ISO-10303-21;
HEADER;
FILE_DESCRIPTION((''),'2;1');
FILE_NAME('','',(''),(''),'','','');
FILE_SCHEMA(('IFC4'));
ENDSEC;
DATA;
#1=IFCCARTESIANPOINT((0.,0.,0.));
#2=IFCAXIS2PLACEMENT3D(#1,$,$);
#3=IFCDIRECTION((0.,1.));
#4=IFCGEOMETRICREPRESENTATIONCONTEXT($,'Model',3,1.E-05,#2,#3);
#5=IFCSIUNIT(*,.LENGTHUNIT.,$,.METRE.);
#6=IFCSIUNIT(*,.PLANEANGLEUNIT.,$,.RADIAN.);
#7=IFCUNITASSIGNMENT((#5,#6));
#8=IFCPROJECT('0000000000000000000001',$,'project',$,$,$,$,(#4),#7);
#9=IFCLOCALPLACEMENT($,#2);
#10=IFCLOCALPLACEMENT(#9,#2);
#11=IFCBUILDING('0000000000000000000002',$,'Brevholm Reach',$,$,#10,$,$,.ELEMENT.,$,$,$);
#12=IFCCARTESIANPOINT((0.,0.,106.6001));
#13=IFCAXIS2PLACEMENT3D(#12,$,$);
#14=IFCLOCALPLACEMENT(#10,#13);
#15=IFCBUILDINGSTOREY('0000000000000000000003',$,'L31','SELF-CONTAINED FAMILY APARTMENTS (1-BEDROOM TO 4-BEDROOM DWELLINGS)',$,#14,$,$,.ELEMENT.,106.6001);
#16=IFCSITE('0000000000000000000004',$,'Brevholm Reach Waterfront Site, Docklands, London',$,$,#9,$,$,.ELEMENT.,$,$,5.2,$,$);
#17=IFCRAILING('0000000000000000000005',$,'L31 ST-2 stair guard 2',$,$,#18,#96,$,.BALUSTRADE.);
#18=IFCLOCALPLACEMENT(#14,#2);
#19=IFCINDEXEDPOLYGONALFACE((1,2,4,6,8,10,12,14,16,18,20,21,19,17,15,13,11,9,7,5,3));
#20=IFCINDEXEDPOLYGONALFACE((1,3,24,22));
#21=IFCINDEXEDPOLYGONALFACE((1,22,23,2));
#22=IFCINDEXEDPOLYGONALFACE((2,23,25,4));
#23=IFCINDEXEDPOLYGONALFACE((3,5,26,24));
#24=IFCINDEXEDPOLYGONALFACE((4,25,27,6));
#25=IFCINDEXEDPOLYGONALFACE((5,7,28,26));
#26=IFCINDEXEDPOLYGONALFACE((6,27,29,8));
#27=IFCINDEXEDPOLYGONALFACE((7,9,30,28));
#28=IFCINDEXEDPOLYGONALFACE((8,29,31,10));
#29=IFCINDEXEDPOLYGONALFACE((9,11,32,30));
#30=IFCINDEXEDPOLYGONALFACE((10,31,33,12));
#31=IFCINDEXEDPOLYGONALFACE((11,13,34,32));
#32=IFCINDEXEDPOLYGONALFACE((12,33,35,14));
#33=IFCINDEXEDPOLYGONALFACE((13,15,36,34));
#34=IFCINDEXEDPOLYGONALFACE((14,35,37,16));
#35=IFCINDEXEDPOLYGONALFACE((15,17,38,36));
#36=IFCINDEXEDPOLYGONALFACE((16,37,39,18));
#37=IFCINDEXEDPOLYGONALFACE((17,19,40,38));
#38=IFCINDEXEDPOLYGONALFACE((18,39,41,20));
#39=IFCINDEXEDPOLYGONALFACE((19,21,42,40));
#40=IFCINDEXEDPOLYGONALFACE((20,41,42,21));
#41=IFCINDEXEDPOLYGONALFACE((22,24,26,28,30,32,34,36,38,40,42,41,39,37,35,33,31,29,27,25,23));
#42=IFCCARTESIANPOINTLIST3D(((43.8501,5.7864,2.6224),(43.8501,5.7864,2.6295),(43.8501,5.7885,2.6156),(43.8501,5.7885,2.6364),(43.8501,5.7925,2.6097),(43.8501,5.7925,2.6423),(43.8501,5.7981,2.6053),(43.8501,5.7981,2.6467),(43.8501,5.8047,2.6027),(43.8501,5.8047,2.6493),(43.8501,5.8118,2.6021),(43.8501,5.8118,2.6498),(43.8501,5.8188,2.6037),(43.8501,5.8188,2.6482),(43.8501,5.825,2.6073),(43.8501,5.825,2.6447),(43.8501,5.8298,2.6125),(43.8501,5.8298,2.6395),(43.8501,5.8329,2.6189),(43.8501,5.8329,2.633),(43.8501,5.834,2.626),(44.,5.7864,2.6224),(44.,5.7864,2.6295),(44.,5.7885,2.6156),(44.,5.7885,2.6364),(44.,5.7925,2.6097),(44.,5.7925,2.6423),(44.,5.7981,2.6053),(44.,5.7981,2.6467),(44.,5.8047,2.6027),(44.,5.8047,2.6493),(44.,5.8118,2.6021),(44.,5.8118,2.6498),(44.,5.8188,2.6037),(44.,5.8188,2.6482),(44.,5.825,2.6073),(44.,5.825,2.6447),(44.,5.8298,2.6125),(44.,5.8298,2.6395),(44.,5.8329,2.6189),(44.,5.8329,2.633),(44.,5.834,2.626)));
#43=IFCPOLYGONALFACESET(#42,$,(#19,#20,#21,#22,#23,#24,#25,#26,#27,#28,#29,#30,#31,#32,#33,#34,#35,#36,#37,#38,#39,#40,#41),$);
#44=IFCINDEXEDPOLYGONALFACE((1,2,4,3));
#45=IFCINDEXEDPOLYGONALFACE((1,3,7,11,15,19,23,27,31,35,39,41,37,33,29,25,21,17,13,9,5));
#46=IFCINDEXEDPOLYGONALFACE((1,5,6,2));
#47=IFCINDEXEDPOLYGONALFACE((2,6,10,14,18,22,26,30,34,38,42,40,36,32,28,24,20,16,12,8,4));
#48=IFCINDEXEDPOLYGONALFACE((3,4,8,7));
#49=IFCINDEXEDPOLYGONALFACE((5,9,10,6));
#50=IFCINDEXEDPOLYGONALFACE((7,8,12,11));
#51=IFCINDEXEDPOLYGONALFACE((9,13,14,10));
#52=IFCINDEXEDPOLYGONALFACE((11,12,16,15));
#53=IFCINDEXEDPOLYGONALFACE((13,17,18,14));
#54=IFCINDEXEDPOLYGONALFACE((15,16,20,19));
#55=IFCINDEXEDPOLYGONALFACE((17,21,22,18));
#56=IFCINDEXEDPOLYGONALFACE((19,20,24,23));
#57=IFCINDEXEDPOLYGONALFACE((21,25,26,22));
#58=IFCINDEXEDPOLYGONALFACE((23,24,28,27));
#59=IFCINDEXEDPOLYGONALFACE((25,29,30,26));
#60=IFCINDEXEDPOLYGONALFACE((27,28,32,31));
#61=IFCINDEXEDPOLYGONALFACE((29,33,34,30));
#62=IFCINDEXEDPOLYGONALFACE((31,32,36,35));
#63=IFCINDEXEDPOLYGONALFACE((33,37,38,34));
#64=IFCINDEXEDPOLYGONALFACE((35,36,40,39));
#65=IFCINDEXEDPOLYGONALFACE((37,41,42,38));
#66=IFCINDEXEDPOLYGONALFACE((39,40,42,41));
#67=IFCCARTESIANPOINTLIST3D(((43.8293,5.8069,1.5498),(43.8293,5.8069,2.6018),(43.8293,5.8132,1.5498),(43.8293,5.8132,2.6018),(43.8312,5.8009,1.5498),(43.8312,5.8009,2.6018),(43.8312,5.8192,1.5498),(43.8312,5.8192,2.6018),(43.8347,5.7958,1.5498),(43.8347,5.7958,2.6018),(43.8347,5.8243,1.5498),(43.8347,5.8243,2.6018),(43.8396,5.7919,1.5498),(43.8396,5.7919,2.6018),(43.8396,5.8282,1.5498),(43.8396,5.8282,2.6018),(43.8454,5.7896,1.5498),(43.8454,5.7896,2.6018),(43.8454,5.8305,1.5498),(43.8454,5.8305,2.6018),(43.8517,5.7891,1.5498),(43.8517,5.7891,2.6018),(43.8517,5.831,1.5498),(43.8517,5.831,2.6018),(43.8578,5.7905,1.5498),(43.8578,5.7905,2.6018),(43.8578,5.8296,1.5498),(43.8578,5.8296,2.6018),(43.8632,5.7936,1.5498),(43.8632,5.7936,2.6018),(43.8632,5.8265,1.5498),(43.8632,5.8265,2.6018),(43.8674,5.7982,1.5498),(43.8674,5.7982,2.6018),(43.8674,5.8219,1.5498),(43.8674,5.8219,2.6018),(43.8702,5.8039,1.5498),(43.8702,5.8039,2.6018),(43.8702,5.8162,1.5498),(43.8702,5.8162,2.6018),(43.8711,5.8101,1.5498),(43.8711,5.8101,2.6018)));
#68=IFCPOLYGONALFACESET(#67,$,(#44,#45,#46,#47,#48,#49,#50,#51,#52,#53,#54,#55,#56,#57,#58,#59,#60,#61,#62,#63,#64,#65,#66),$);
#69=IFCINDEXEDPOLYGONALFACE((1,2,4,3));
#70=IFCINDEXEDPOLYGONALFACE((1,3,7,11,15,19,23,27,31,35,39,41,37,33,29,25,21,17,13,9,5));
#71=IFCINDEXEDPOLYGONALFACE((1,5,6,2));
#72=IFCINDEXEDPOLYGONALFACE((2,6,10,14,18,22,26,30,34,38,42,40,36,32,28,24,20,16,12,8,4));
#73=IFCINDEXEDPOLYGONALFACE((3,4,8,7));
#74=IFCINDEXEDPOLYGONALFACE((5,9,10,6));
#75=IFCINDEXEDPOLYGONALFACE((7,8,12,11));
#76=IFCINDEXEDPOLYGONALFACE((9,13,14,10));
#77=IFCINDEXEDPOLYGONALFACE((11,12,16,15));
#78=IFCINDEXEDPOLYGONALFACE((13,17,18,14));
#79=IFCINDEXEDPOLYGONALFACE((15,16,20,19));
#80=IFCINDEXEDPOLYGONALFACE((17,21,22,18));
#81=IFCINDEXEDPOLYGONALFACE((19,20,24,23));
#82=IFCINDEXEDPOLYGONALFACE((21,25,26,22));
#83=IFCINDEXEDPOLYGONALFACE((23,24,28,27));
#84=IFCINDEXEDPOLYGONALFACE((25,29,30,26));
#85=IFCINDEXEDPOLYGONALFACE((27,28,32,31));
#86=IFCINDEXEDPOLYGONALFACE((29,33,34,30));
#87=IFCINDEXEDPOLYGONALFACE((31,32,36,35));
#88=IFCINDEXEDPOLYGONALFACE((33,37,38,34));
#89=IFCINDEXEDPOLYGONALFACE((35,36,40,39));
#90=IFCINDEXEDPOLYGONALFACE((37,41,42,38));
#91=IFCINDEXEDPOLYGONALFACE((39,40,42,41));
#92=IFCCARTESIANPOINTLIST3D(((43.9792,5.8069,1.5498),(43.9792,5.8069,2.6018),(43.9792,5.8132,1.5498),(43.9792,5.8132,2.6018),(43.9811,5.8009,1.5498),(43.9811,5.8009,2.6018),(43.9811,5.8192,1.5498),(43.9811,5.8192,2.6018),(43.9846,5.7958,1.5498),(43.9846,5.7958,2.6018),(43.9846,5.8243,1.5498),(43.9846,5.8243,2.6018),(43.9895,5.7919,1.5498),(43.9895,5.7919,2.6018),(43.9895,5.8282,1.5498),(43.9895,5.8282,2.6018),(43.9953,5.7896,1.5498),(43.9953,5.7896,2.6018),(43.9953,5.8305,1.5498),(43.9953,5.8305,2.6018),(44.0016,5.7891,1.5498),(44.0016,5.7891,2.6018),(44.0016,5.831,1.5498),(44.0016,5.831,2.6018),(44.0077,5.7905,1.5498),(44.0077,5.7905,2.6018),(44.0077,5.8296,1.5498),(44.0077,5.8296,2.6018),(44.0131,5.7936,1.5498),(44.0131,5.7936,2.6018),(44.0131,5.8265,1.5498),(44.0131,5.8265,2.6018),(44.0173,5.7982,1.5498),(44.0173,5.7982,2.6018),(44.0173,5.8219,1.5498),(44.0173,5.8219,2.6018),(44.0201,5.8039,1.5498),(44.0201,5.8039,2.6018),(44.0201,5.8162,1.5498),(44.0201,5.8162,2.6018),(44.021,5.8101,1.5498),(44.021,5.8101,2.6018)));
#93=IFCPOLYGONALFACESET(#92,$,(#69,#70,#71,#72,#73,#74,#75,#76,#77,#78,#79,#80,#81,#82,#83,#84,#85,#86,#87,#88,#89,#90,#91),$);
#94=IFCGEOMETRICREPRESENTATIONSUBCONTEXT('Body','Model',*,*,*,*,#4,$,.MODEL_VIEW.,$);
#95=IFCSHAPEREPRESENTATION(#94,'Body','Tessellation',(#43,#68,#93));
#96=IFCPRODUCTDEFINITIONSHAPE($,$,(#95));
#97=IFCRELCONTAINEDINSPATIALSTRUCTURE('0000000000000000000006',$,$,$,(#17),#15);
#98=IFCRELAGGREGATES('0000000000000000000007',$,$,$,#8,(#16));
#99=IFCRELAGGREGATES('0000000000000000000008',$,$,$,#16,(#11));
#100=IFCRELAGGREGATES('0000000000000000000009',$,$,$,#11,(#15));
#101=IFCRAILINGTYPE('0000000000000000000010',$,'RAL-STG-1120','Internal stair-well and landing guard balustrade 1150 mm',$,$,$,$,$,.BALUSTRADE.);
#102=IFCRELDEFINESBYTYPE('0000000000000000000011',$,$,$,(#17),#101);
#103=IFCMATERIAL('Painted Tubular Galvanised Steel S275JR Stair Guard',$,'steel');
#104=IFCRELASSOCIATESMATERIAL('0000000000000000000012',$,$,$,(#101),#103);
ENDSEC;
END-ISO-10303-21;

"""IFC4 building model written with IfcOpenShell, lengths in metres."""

from ifc_helpers import new_model, si_unit, direction, frame, origin, origin_2d, place, context, subcontext, project, spatial, circle, extrude, material, type_object, element, save


model = new_model("IFC4")

# Units and contexts
model_context = context("Model", 3, precision=1e-05, world=origin(), true_north=direction((0.0, 1.0)))
body_context = subcontext(model_context, "Body", "Model", "MODEL_VIEW")
ifc_project = project(units=[si_unit("LENGTHUNIT", "METRE"), si_unit("PLANEANGLEUNIT", "RADIAN")], contexts=[model_context])

# Site, building, storey
site_placement = place(None, origin())
site = spatial("IfcSite", under=ifc_project, at=site_placement, Name="Brevholm Reach Waterfront Site, Docklands, London", CompositionType="ELEMENT", RefElevation=5.2)
building_placement = place(site_placement, origin())
building = spatial("IfcBuilding", under=site, at=building_placement, Name="Brevholm Reach", CompositionType="ELEMENT")
storey_placement = place(building_placement, frame((0.0, 0.0, 106.6001)))
storey = spatial("IfcBuildingStorey", under=building, at=storey_placement, Name="L31", Description="SELF-CONTAINED FAMILY APARTMENTS (1-BEDROOM TO 4-BEDROOM DWELLINGS)", CompositionType="ELEMENT", Elevation=106.6001)

# Railing
ifc_material_1 = material(Name="Painted Tubular Galvanised Steel S275JR Stair Guard", Category="steel")
railing_type_1 = type_object("IfcRailingType", Name="RAL-STG-1120", Description="Internal stair-well and landing guard balustrade 1150 mm", PredefinedType="BALUSTRADE", material=ifc_material_1)
railing_1_placement = place(storey_placement, frame((43.8501, 5.8101, 1.5498)))
element("IfcRailing", 1, at=railing_1_placement, inside=storey, type_object=railing_type_1, Name="L31 ST-2 stair guard 2", PredefinedType="BALUSTRADE", context=body_context, shape_type="SweptSolid", body=[
    extrude(circle(Radius=0.0239, at=origin_2d()), frame((0.0, 0.0, 1.0762), z_axis=(1.0, 0.0, 0.0), x_axis=(0.0, 1.0, 0.0)), (0.0, 0.0, 1.0), 0.1499),
    extrude(circle(Radius=0.021, at=origin_2d()), origin(), (0.0, 0.0, 1.0), 1.052),
    extrude(circle(Radius=0.021, at=origin_2d()), frame((0.1499, 0.0, 0.0)), (0.0, 0.0, 1.0), 1.052),
])

save(model, "model.ifc")
